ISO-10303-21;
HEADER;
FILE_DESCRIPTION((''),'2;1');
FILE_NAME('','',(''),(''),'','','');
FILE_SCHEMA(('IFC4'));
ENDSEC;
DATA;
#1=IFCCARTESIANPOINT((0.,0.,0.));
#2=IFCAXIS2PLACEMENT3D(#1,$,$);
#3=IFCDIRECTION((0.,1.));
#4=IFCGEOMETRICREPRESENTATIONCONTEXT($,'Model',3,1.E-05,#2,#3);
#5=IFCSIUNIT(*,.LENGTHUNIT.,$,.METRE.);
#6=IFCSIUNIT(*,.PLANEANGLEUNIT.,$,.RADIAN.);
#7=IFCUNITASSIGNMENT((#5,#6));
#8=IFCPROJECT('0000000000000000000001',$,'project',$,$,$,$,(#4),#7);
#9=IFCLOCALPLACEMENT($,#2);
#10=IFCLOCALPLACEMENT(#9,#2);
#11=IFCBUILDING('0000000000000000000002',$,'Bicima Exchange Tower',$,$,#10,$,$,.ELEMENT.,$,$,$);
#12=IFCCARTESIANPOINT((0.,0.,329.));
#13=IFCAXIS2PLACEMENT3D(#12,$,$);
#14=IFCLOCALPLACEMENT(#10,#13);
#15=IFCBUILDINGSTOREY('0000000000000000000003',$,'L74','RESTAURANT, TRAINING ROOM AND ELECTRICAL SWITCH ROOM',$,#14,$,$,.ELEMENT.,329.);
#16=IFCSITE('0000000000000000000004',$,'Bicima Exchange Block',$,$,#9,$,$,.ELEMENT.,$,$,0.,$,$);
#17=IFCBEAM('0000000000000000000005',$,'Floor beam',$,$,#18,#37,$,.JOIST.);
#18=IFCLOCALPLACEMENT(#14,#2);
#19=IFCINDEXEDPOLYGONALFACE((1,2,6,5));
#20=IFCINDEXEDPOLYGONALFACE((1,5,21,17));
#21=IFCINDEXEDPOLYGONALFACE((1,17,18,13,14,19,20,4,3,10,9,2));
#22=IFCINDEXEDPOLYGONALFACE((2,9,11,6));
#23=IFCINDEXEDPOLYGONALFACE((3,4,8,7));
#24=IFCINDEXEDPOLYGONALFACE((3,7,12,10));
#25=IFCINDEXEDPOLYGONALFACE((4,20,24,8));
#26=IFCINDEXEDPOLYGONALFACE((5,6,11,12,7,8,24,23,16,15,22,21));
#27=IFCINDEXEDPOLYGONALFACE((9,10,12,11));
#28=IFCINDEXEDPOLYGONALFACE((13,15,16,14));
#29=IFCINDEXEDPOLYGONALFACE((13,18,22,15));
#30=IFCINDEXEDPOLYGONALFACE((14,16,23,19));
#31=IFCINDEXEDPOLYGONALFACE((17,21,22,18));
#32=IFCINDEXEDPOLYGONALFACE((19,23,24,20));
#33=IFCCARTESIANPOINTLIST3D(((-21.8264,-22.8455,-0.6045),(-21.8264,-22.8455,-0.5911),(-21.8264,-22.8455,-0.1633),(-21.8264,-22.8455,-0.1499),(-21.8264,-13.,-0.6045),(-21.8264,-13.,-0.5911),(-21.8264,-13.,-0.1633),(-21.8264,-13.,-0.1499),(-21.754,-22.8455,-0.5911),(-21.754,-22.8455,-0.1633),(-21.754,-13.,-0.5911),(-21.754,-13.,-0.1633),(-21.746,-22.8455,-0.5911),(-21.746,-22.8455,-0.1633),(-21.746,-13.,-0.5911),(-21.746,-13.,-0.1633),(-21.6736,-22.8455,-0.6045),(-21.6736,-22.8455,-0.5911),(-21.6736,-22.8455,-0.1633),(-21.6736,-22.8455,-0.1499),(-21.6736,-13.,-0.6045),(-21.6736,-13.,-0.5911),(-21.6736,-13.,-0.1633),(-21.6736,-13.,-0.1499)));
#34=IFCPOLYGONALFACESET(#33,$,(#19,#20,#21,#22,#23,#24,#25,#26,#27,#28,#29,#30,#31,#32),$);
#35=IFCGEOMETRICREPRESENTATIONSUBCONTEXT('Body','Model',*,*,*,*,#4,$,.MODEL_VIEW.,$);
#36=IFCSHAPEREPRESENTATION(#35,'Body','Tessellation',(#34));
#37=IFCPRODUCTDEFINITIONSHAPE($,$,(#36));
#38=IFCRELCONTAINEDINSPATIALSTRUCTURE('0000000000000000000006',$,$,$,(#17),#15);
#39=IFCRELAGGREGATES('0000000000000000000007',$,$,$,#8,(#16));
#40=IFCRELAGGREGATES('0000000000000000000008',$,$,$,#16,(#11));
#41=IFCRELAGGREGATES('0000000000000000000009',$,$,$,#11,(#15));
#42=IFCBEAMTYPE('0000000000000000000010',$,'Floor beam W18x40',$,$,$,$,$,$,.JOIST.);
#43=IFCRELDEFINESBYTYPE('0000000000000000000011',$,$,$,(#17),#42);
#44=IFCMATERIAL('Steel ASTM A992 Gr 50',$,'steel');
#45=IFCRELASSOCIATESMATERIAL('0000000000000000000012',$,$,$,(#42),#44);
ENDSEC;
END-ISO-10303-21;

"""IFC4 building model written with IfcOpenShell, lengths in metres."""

from ifc_helpers import new_model, si_unit, direction, frame, origin, origin_2d, place, context, subcontext, project, spatial, i_section, extrude, material, material_profile, profile_set, type_object, element, save


model = new_model("IFC4")

# Units and contexts
model_context = context("Model", 3, precision=1e-05, world=origin(), true_north=direction((0.0, 1.0)))
body_context = subcontext(model_context, "Body", "Model", "MODEL_VIEW")
ifc_project = project(units=[si_unit("LENGTHUNIT", "METRE"), si_unit("PLANEANGLEUNIT", "RADIAN")], contexts=[model_context])

# Site, building, storey
site_placement = place(None, origin())
site = spatial("IfcSite", under=ifc_project, at=site_placement, Name="Bicima Exchange Block", CompositionType="ELEMENT", RefElevation=0.0)
building_placement = place(site_placement, origin())
building = spatial("IfcBuilding", under=site, at=building_placement, Name="Bicima Exchange Tower", CompositionType="ELEMENT")
storey_placement = place(building_placement, frame((0.0, 0.0, 329.0)))
storey = spatial("IfcBuildingStorey", under=building, at=storey_placement, Name="L74", Description="RESTAURANT, TRAINING ROOM AND ELECTRICAL SWITCH ROOM", CompositionType="ELEMENT", Elevation=329.0)

# Beam
ifc_material_1 = material(Name="Steel ASTM A992 Gr 50", Category="steel")
ifc_material_profile = material_profile(ifc_material_1, i_section(OverallWidth=0.1528, OverallDepth=0.4546, WebThickness=0.0081, FlangeThickness=0.0134, at=origin_2d()))
ifc_profile_set = profile_set([ifc_material_profile], Name="Steel ASTM A992 Gr 50")
beam_type = type_object("IfcBeamType", Name="Floor beam W18x40", PredefinedType="JOIST", material=ifc_profile_set)
beam_placement = place(storey_placement, frame((-21.75, -13.0, -0.3772), z_axis=(0.0, -1.0, 0.0), x_axis=(1.0, 0.0, 0.0)))
element("IfcBeam", 1, at=beam_placement, inside=storey, type_object=beam_type, Name="Floor beam", PredefinedType="JOIST", context=body_context, shape_type="SweptSolid", body=[
    extrude(i_section(OverallWidth=0.1528, OverallDepth=0.4546, WebThickness=0.0081, FlangeThickness=0.0134, at=origin_2d()), origin(), (0.0, 0.0, 1.0), 9.8455),
])

save(model, "model.ifc")
